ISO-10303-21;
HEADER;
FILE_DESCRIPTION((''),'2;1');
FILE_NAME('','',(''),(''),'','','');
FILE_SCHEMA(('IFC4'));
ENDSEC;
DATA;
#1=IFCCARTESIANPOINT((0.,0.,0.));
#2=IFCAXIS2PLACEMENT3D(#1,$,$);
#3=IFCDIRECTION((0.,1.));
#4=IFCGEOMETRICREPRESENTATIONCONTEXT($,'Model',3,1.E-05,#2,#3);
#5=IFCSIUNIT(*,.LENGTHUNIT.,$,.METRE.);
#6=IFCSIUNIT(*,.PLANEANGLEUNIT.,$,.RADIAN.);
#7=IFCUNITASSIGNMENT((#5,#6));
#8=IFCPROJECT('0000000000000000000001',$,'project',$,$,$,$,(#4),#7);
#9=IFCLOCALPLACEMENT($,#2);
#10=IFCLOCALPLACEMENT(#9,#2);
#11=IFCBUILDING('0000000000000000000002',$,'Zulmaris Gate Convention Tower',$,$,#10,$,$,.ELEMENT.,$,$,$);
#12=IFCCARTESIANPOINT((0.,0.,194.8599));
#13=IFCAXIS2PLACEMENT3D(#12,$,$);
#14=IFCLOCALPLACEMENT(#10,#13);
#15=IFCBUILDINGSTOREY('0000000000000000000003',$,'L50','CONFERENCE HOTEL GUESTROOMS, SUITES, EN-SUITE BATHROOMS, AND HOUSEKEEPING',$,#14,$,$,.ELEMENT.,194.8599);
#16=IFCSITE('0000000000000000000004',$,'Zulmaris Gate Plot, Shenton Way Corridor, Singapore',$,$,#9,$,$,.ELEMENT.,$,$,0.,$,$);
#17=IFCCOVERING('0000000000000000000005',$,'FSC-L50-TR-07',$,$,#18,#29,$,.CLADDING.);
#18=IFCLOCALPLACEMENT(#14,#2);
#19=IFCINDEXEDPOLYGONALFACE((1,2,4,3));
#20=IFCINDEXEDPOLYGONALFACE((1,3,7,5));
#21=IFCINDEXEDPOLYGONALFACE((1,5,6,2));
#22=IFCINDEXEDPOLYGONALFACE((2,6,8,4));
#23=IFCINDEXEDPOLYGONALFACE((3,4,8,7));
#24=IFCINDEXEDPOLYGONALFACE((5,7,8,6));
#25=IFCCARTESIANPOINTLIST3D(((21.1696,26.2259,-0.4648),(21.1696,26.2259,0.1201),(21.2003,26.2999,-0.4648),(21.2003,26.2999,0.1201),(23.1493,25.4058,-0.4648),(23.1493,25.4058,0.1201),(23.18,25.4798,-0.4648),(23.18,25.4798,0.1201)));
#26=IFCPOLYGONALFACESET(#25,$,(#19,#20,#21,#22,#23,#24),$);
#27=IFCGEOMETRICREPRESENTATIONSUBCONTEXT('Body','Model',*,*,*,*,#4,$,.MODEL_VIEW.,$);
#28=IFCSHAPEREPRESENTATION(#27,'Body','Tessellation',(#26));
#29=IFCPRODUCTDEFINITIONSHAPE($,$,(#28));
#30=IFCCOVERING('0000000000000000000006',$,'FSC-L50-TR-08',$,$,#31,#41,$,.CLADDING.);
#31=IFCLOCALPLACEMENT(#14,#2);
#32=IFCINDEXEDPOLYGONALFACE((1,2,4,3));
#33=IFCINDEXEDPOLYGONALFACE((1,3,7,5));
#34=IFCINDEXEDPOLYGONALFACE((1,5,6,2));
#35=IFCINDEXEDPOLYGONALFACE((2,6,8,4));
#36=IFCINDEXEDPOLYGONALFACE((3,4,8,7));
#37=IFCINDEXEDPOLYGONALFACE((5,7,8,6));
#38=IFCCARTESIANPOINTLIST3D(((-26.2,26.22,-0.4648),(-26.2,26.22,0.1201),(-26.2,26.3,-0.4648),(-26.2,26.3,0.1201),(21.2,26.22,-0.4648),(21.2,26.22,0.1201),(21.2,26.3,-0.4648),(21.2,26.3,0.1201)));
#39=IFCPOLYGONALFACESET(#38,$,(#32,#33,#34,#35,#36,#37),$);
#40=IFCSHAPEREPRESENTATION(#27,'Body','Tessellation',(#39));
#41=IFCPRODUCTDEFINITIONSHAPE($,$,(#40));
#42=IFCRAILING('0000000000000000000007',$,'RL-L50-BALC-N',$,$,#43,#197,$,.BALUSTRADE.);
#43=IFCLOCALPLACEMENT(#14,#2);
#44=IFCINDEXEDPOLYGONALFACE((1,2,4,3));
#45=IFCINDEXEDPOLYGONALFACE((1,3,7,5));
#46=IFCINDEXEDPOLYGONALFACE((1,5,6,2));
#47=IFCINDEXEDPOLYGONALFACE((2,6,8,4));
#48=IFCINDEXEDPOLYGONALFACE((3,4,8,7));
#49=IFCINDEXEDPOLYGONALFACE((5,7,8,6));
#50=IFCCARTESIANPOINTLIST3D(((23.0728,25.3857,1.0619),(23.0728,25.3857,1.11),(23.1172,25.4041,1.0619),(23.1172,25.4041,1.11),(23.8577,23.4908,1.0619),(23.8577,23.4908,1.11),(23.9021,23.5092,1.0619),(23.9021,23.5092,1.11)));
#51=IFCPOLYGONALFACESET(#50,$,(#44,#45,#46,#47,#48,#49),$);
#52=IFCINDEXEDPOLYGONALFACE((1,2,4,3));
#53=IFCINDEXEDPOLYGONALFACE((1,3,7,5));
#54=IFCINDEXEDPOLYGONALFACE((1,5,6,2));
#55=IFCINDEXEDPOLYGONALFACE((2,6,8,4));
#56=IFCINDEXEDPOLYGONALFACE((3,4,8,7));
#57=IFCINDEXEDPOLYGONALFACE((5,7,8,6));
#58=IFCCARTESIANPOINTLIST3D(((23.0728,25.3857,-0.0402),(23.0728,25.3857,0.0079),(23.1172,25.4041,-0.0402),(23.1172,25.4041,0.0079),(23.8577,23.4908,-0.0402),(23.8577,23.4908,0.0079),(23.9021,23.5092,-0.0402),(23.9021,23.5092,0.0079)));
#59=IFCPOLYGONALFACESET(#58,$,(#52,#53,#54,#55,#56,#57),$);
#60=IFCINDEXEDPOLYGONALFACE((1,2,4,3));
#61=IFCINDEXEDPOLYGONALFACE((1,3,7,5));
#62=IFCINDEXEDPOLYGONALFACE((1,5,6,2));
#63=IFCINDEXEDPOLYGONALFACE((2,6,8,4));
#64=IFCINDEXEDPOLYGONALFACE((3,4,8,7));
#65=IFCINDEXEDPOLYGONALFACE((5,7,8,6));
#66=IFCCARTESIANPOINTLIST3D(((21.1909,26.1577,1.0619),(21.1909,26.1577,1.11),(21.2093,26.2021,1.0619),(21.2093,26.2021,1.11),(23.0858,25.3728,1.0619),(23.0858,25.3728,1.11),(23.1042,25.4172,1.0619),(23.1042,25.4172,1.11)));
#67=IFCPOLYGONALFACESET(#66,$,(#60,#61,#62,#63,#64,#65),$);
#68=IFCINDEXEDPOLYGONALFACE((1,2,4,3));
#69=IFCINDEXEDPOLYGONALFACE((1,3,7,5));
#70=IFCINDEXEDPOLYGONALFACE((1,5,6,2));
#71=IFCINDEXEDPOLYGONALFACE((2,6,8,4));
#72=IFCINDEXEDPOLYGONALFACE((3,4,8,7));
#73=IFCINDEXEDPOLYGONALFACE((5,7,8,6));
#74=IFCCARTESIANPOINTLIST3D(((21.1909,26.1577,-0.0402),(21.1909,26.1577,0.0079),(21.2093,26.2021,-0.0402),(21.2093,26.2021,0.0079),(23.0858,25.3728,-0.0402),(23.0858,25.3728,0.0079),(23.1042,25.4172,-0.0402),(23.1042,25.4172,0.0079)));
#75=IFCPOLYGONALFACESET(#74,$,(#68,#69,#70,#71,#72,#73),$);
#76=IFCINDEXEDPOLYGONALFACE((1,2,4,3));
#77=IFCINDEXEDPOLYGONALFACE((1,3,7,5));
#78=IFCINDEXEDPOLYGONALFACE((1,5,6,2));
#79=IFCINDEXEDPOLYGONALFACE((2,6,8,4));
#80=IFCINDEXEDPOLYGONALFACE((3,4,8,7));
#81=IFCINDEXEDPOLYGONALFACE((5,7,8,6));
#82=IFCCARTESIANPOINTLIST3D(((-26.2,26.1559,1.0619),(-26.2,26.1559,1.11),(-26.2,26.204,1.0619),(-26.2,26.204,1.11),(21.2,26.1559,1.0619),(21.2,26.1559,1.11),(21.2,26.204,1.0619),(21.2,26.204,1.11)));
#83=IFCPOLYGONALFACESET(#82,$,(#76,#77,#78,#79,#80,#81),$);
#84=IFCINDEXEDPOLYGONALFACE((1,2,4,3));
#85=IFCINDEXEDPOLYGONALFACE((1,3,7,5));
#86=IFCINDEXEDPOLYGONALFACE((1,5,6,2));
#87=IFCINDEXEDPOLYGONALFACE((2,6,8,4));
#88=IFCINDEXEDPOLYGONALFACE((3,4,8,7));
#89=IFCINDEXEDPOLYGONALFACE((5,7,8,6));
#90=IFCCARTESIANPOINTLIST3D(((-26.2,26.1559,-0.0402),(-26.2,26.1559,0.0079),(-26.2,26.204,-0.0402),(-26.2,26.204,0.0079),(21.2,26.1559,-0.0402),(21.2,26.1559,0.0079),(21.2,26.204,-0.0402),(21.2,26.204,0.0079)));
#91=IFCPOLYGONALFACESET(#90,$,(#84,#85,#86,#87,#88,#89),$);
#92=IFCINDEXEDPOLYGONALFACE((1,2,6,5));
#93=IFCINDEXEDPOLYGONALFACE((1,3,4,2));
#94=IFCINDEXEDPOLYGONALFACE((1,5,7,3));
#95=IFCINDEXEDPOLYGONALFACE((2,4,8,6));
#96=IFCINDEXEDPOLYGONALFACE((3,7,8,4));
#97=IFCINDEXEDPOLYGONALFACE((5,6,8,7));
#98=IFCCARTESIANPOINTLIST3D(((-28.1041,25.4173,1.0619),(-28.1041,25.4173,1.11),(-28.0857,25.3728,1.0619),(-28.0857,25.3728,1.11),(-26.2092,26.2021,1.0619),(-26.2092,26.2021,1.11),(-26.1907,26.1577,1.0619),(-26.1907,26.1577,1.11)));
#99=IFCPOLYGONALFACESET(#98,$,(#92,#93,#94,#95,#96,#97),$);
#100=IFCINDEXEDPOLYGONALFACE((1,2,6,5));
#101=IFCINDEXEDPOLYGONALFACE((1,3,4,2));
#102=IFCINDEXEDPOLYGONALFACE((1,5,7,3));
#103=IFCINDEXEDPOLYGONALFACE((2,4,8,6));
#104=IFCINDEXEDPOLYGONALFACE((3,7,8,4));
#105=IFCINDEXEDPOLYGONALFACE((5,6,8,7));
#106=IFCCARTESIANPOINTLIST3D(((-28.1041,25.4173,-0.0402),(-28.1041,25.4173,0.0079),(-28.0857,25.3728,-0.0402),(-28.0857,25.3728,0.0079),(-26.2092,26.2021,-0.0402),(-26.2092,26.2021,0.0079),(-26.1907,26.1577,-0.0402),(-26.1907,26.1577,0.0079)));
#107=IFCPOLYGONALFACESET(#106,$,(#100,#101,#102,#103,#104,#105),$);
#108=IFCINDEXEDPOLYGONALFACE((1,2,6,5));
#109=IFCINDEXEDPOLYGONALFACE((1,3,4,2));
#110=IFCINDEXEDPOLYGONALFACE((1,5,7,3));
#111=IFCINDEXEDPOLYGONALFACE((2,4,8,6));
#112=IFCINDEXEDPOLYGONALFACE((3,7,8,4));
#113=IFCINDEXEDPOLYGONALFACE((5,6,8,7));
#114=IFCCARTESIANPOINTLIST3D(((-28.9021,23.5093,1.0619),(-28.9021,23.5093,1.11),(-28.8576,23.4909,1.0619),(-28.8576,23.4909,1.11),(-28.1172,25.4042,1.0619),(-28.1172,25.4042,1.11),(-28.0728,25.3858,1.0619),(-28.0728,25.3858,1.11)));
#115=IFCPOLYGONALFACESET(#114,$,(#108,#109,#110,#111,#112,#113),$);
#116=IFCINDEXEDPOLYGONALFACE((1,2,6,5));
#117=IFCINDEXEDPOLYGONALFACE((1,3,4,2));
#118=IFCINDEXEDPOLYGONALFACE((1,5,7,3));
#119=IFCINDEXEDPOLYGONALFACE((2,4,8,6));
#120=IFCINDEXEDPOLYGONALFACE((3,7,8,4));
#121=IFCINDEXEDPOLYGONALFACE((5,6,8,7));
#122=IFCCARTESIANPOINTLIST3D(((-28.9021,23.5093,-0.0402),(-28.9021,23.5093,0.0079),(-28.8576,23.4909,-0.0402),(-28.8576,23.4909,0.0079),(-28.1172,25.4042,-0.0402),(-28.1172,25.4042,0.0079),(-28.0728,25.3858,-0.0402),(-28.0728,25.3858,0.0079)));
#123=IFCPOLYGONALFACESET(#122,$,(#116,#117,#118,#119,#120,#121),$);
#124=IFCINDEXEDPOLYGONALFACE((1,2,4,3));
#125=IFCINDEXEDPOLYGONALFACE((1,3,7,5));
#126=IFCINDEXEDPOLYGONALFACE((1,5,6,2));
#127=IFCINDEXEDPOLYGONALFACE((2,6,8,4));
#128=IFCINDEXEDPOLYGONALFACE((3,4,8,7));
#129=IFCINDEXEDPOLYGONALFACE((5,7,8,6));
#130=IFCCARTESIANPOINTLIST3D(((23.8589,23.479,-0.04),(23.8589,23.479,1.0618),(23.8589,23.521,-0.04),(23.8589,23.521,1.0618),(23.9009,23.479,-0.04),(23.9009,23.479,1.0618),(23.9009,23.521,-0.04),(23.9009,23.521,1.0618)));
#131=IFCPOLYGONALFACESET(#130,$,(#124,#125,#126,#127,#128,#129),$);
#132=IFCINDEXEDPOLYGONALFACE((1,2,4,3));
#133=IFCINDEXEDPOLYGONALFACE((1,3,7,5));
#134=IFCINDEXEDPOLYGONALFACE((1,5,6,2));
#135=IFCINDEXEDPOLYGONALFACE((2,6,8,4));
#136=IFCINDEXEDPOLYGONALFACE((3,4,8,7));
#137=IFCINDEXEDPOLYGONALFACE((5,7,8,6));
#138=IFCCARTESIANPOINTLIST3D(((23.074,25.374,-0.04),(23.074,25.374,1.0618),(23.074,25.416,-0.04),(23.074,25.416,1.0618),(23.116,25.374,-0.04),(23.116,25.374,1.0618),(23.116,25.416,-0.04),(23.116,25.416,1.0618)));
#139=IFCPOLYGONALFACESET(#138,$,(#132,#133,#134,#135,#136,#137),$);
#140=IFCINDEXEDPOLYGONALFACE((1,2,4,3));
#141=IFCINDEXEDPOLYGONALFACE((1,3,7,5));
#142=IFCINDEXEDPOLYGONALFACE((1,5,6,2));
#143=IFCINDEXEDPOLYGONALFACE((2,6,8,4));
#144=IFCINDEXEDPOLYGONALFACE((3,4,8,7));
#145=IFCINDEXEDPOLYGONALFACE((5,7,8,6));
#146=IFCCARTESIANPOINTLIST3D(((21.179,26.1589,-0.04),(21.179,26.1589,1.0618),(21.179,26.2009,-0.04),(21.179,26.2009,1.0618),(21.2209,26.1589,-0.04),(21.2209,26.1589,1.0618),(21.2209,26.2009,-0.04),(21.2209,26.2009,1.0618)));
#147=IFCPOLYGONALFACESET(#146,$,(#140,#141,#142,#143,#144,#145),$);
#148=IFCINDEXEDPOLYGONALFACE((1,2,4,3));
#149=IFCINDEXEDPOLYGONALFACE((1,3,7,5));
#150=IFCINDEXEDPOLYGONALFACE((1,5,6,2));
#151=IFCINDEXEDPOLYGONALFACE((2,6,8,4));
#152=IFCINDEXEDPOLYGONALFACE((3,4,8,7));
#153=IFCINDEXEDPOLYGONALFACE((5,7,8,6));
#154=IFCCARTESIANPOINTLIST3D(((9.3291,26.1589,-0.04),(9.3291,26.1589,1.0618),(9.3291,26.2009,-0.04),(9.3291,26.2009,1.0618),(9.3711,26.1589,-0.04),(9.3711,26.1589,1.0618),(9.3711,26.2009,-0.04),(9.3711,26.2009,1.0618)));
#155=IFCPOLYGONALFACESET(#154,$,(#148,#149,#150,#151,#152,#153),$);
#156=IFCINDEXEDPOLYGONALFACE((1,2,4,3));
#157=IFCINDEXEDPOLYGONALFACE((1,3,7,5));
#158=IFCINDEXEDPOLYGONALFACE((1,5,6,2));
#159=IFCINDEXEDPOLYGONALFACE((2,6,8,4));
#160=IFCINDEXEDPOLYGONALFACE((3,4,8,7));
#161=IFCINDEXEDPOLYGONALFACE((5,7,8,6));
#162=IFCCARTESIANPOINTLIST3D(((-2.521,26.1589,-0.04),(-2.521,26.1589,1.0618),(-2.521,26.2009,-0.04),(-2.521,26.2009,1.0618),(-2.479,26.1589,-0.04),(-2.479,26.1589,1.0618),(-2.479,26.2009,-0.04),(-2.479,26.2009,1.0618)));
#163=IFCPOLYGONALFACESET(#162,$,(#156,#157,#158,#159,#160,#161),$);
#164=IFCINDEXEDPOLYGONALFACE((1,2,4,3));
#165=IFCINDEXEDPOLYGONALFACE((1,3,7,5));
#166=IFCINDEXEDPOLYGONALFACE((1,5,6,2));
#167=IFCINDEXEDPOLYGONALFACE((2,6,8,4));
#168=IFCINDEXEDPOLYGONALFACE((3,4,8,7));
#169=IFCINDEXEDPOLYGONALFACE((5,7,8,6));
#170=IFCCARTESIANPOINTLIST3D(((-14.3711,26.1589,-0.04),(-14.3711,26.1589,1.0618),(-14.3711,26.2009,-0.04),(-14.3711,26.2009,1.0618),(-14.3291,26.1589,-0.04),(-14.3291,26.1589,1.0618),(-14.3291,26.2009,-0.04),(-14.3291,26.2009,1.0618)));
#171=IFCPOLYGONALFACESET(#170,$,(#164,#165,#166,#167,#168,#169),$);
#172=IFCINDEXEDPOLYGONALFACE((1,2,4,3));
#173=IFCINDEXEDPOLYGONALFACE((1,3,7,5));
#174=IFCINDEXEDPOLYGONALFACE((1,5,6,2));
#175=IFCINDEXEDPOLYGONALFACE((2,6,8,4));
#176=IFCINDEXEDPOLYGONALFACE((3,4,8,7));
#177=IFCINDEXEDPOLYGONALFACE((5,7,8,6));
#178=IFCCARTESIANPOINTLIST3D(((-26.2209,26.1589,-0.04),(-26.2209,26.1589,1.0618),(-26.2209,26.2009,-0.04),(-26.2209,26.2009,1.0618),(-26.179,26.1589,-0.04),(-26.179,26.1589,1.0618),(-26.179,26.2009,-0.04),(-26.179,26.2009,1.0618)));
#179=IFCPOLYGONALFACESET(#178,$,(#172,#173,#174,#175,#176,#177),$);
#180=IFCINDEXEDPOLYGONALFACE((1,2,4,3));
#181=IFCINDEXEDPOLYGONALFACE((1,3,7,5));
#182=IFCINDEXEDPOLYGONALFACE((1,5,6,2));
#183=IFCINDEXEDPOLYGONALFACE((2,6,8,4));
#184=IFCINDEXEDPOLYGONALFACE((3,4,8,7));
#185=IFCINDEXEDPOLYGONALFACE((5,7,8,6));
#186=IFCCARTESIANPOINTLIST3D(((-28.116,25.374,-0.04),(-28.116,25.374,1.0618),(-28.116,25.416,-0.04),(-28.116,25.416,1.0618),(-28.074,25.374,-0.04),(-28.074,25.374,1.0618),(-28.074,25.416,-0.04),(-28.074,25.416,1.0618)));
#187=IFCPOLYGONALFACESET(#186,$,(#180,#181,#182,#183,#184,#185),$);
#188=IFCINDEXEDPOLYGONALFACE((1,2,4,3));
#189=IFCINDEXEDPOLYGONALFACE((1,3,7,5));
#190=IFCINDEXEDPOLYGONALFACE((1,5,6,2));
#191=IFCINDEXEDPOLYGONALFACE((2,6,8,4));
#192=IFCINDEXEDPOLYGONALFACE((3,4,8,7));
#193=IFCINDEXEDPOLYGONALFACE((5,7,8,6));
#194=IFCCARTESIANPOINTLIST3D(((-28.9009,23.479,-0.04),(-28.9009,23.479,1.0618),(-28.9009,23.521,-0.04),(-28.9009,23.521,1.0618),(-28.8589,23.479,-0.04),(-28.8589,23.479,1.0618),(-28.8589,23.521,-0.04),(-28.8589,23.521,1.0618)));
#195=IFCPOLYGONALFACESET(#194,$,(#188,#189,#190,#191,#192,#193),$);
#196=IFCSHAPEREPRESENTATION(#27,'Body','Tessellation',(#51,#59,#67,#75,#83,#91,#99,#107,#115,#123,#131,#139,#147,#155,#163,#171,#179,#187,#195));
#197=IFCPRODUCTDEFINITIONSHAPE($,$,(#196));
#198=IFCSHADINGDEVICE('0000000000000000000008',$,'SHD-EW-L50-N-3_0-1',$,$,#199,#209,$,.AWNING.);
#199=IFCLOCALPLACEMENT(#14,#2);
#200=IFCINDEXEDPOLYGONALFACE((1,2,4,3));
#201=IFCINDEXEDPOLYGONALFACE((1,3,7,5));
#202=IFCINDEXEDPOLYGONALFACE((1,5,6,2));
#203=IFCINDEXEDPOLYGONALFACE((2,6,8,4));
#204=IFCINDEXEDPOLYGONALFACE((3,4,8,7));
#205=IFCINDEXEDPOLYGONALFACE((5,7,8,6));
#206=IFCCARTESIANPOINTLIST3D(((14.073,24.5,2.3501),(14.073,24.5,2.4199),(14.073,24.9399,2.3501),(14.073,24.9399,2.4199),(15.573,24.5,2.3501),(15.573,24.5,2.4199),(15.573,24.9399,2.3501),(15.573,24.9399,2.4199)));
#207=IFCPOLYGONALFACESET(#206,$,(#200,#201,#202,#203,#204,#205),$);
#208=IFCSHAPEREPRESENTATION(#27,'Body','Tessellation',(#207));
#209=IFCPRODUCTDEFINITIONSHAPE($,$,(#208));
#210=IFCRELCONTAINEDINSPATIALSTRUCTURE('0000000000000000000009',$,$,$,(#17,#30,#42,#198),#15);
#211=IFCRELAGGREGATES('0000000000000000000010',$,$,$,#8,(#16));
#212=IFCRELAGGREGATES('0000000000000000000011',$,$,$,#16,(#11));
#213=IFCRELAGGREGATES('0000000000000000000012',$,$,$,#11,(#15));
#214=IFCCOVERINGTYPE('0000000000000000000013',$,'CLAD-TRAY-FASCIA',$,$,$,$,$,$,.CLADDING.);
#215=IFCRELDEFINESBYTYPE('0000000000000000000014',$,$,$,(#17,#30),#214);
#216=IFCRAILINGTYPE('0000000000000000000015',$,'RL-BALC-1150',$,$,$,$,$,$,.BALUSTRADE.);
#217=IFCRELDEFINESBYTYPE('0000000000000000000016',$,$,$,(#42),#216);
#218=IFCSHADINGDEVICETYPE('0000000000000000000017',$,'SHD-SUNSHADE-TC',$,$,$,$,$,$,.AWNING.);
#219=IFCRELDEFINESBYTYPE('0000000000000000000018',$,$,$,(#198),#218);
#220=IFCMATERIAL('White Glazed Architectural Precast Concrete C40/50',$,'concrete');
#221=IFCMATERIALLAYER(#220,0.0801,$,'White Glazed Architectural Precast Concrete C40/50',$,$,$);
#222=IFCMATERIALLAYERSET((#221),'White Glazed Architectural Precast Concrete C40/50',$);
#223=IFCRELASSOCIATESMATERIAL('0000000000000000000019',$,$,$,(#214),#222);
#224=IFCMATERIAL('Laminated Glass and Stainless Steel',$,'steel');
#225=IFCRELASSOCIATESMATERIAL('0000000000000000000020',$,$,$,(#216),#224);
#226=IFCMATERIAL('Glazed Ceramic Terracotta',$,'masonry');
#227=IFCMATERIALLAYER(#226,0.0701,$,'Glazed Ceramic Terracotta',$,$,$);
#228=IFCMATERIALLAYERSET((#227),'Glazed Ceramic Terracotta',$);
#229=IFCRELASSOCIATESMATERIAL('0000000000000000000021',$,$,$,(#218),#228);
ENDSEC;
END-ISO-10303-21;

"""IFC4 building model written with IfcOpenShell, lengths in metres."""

from ifc_helpers import new_model, si_unit, direction, frame, frame_2d, origin, origin_2d, place, context, subcontext, project, spatial, rectangle, extrude, material, layer, layer_set, type_object, element, save


model = new_model("IFC4")

# Units and contexts
model_context = context("Model", 3, precision=1e-05, world=origin(), true_north=direction((0.0, 1.0)))
body_context = subcontext(model_context, "Body", "Model", "MODEL_VIEW")
ifc_project = project(units=[si_unit("LENGTHUNIT", "METRE"), si_unit("PLANEANGLEUNIT", "RADIAN")], contexts=[model_context])

# Site, building, storey
site_placement = place(None, origin())
site = spatial("IfcSite", under=ifc_project, at=site_placement, Name="Zulmaris Gate Plot, Shenton Way Corridor, Singapore", CompositionType="ELEMENT", RefElevation=0.0)
building_placement = place(site_placement, origin())
building = spatial("IfcBuilding", under=site, at=building_placement, Name="Zulmaris Gate Convention Tower", CompositionType="ELEMENT")
storey_placement = place(building_placement, frame((0.0, 0.0, 194.8599)))
storey = spatial("IfcBuildingStorey", under=building, at=storey_placement, Name="L50", Description="CONFERENCE HOTEL GUESTROOMS, SUITES, EN-SUITE BATHROOMS, AND HOUSEKEEPING", CompositionType="ELEMENT", Elevation=194.8599)

# Coverings
ifc_material_1 = material(Name="White Glazed Architectural Precast Concrete C40/50", Category="concrete")
ifc_layer_1 = layer(ifc_material_1, 0.0801, Name="White Glazed Architectural Precast Concrete C40/50")
ifc_layer_set_1 = layer_set([ifc_layer_1], Name="White Glazed Architectural Precast Concrete C40/50")
covering_type_1 = type_object("IfcCoveringType", Name="CLAD-TRAY-FASCIA", PredefinedType="CLADDING", material=ifc_layer_set_1)
covering_1_placement = place(storey_placement, frame((23.1646, 25.4429, -0.4648), z_axis=(0.0, 0.0, 1.0), x_axis=(-0.923874, 0.382697, 0.0)))
element("IfcCovering", 1, at=covering_1_placement, inside=storey, type_object=covering_type_1, Name="FSC-L50-TR-07", PredefinedType="CLADDING", context=body_context, shape_type="SweptSolid", body=[
    extrude(rectangle(XDim=2.1428, YDim=0.0801, at=frame_2d((1.0713, 0.0))), origin(), (0.0, 0.0, 1.0), 0.585),
])
covering_2_placement = place(storey_placement, frame((21.2, 26.26, -0.4648), z_axis=(0.0, 0.0, 1.0), x_axis=(-1.0, 0.0, 0.0)))
element("IfcCovering", 2, at=covering_2_placement, inside=storey, type_object=covering_type_1, Name="FSC-L50-TR-08", PredefinedType="CLADDING", context=body_context, shape_type="SweptSolid", body=[
    extrude(rectangle(XDim=47.3999, YDim=0.0801, at=frame_2d((23.7, 0.0))), origin(), (0.0, 0.0, 1.0), 0.585),
])

# Railing
ifc_material_2 = material(Name="Laminated Glass and Stainless Steel", Category="steel")
railing_type = type_object("IfcRailingType", Name="RL-BALC-1150", PredefinedType="BALUSTRADE", material=ifc_material_2)
railing_placement = place(storey_placement, frame((23.8799, 23.5, -0.04)))
element("IfcRailing", 3, at=railing_placement, inside=storey, type_object=railing_type, Name="RL-L50-BALC-N", PredefinedType="BALUSTRADE", context=body_context, shape_type="SweptSolid", body=[
    extrude(rectangle(XDim=0.0481, YDim=0.0481, at=origin_2d()), frame((0.0, 0.0, 1.126), z_axis=(-0.382671, 0.923885, 0.0), x_axis=(-0.923885, -0.382671, 0.0)), (0.0, 0.0, 1.0), 2.051),
    extrude(rectangle(XDim=0.0481, YDim=0.0481, at=origin_2d()), frame((0.0, 0.0, 0.0239), z_axis=(-0.382671, 0.923885, 0.0), x_axis=(-0.923885, -0.382671, 0.0)), (0.0, 0.0, 1.0), 2.051),
    extrude(rectangle(XDim=0.0481, YDim=0.0481, at=origin_2d()), frame((-0.7849, 1.895, 1.126), z_axis=(-0.923885, 0.382671, 0.0), x_axis=(-0.382671, -0.923885, 0.0)), (0.0, 0.0, 1.0), 2.051),
    extrude(rectangle(XDim=0.0481, YDim=0.0481, at=origin_2d()), frame((-0.7849, 1.895, 0.0239), z_axis=(-0.923885, 0.382671, 0.0), x_axis=(-0.382671, -0.923885, 0.0)), (0.0, 0.0, 1.0), 2.051),
    extrude(rectangle(XDim=0.0481, YDim=0.0481, at=origin_2d()), frame((-2.6799, 2.6799, 1.126), z_axis=(-1.0, 0.0, 0.0), x_axis=(0.0, -1.0, 0.0)), (0.0, 0.0, 1.0), 47.3999),
    extrude(rectangle(XDim=0.0481, YDim=0.0481, at=origin_2d()), frame((-2.6799, 2.6799, 0.0239), z_axis=(-1.0, 0.0, 0.0), x_axis=(0.0, -1.0, 0.0)), (0.0, 0.0, 1.0), 47.3999),
    extrude(rectangle(XDim=0.0481, YDim=0.0481, at=origin_2d()), frame((-50.0798, 2.6799, 1.126), z_axis=(-0.923885, -0.382671, 0.0), x_axis=(0.382671, -0.923885, 0.0)), (0.0, 0.0, 1.0), 2.051),
    extrude(rectangle(XDim=0.0481, YDim=0.0481, at=origin_2d()), frame((-50.0798, 2.6799, 0.0239), z_axis=(-0.923885, -0.382671, 0.0), x_axis=(0.382671, -0.923885, 0.0)), (0.0, 0.0, 1.0), 2.051),
    extrude(rectangle(XDim=0.0481, YDim=0.0481, at=origin_2d()), frame((-51.9749, 1.895, 1.126), z_axis=(-0.382671, -0.923885, 0.0), x_axis=(0.923885, -0.382671, 0.0)), (0.0, 0.0, 1.0), 2.051),
    extrude(rectangle(XDim=0.0481, YDim=0.0481, at=origin_2d()), frame((-51.9749, 1.895, 0.0239), z_axis=(-0.382671, -0.923885, 0.0), x_axis=(0.923885, -0.382671, 0.0)), (0.0, 0.0, 1.0), 2.051),
    extrude(rectangle(XDim=0.042, YDim=0.042, at=origin_2d()), origin(), (0.0, 0.0, 1.0), 1.1018),
    extrude(rectangle(XDim=0.042, YDim=0.042, at=origin_2d()), frame((-0.7849, 1.895, 0.0)), (0.0, 0.0, 1.0), 1.1018),
    extrude(rectangle(XDim=0.042, YDim=0.042, at=origin_2d()), frame((-2.6799, 2.6799, 0.0)), (0.0, 0.0, 1.0), 1.1018),
    extrude(rectangle(XDim=0.042, YDim=0.042, at=origin_2d()), frame((-14.5298, 2.6799, 0.0)), (0.0, 0.0, 1.0), 1.1018),
    extrude(rectangle(XDim=0.042, YDim=0.042, at=origin_2d()), frame((-26.3799, 2.6799, 0.0)), (0.0, 0.0, 1.0), 1.1018),
    extrude(rectangle(XDim=0.042, YDim=0.042, at=origin_2d()), frame((-38.23, 2.6799, 0.0)), (0.0, 0.0, 1.0), 1.1018),
    extrude(rectangle(XDim=0.042, YDim=0.042, at=origin_2d()), frame((-50.0798, 2.6799, 0.0)), (0.0, 0.0, 1.0), 1.1018),
    extrude(rectangle(XDim=0.042, YDim=0.042, at=origin_2d()), frame((-51.9749, 1.895, 0.0)), (0.0, 0.0, 1.0), 1.1018),
    extrude(rectangle(XDim=0.042, YDim=0.042, at=origin_2d()), frame((-52.7598, 0.0, 0.0)), (0.0, 0.0, 1.0), 1.1018),
])

# Shading device
ifc_material_3 = material(Name="Glazed Ceramic Terracotta", Category="masonry")
ifc_layer_2 = layer(ifc_material_3, 0.0701, Name="Glazed Ceramic Terracotta")
ifc_layer_set_2 = layer_set([ifc_layer_2], Name="Glazed Ceramic Terracotta")
shading_device_type = type_object("IfcShadingDeviceType", Name="SHD-SUNSHADE-TC", PredefinedType="AWNING", material=ifc_layer_set_2)
shading_device_placement = place(storey_placement, frame((15.573, 24.72, 2.3501), z_axis=(0.0, 0.0, 1.0), x_axis=(-1.0, 0.0, 0.0)))
element("IfcShadingDevice", 4, at=shading_device_placement, inside=storey, type_object=shading_device_type, Name="SHD-EW-L50-N-3_0-1", PredefinedType="AWNING", context=body_context, shape_type="SweptSolid", body=[
    extrude(rectangle(XDim=1.5, YDim=0.4399, at=frame_2d((0.75, 0.0))), origin(), (0.0, 0.0, 1.0), 0.0698),
])

save(model, "model.ifc")
